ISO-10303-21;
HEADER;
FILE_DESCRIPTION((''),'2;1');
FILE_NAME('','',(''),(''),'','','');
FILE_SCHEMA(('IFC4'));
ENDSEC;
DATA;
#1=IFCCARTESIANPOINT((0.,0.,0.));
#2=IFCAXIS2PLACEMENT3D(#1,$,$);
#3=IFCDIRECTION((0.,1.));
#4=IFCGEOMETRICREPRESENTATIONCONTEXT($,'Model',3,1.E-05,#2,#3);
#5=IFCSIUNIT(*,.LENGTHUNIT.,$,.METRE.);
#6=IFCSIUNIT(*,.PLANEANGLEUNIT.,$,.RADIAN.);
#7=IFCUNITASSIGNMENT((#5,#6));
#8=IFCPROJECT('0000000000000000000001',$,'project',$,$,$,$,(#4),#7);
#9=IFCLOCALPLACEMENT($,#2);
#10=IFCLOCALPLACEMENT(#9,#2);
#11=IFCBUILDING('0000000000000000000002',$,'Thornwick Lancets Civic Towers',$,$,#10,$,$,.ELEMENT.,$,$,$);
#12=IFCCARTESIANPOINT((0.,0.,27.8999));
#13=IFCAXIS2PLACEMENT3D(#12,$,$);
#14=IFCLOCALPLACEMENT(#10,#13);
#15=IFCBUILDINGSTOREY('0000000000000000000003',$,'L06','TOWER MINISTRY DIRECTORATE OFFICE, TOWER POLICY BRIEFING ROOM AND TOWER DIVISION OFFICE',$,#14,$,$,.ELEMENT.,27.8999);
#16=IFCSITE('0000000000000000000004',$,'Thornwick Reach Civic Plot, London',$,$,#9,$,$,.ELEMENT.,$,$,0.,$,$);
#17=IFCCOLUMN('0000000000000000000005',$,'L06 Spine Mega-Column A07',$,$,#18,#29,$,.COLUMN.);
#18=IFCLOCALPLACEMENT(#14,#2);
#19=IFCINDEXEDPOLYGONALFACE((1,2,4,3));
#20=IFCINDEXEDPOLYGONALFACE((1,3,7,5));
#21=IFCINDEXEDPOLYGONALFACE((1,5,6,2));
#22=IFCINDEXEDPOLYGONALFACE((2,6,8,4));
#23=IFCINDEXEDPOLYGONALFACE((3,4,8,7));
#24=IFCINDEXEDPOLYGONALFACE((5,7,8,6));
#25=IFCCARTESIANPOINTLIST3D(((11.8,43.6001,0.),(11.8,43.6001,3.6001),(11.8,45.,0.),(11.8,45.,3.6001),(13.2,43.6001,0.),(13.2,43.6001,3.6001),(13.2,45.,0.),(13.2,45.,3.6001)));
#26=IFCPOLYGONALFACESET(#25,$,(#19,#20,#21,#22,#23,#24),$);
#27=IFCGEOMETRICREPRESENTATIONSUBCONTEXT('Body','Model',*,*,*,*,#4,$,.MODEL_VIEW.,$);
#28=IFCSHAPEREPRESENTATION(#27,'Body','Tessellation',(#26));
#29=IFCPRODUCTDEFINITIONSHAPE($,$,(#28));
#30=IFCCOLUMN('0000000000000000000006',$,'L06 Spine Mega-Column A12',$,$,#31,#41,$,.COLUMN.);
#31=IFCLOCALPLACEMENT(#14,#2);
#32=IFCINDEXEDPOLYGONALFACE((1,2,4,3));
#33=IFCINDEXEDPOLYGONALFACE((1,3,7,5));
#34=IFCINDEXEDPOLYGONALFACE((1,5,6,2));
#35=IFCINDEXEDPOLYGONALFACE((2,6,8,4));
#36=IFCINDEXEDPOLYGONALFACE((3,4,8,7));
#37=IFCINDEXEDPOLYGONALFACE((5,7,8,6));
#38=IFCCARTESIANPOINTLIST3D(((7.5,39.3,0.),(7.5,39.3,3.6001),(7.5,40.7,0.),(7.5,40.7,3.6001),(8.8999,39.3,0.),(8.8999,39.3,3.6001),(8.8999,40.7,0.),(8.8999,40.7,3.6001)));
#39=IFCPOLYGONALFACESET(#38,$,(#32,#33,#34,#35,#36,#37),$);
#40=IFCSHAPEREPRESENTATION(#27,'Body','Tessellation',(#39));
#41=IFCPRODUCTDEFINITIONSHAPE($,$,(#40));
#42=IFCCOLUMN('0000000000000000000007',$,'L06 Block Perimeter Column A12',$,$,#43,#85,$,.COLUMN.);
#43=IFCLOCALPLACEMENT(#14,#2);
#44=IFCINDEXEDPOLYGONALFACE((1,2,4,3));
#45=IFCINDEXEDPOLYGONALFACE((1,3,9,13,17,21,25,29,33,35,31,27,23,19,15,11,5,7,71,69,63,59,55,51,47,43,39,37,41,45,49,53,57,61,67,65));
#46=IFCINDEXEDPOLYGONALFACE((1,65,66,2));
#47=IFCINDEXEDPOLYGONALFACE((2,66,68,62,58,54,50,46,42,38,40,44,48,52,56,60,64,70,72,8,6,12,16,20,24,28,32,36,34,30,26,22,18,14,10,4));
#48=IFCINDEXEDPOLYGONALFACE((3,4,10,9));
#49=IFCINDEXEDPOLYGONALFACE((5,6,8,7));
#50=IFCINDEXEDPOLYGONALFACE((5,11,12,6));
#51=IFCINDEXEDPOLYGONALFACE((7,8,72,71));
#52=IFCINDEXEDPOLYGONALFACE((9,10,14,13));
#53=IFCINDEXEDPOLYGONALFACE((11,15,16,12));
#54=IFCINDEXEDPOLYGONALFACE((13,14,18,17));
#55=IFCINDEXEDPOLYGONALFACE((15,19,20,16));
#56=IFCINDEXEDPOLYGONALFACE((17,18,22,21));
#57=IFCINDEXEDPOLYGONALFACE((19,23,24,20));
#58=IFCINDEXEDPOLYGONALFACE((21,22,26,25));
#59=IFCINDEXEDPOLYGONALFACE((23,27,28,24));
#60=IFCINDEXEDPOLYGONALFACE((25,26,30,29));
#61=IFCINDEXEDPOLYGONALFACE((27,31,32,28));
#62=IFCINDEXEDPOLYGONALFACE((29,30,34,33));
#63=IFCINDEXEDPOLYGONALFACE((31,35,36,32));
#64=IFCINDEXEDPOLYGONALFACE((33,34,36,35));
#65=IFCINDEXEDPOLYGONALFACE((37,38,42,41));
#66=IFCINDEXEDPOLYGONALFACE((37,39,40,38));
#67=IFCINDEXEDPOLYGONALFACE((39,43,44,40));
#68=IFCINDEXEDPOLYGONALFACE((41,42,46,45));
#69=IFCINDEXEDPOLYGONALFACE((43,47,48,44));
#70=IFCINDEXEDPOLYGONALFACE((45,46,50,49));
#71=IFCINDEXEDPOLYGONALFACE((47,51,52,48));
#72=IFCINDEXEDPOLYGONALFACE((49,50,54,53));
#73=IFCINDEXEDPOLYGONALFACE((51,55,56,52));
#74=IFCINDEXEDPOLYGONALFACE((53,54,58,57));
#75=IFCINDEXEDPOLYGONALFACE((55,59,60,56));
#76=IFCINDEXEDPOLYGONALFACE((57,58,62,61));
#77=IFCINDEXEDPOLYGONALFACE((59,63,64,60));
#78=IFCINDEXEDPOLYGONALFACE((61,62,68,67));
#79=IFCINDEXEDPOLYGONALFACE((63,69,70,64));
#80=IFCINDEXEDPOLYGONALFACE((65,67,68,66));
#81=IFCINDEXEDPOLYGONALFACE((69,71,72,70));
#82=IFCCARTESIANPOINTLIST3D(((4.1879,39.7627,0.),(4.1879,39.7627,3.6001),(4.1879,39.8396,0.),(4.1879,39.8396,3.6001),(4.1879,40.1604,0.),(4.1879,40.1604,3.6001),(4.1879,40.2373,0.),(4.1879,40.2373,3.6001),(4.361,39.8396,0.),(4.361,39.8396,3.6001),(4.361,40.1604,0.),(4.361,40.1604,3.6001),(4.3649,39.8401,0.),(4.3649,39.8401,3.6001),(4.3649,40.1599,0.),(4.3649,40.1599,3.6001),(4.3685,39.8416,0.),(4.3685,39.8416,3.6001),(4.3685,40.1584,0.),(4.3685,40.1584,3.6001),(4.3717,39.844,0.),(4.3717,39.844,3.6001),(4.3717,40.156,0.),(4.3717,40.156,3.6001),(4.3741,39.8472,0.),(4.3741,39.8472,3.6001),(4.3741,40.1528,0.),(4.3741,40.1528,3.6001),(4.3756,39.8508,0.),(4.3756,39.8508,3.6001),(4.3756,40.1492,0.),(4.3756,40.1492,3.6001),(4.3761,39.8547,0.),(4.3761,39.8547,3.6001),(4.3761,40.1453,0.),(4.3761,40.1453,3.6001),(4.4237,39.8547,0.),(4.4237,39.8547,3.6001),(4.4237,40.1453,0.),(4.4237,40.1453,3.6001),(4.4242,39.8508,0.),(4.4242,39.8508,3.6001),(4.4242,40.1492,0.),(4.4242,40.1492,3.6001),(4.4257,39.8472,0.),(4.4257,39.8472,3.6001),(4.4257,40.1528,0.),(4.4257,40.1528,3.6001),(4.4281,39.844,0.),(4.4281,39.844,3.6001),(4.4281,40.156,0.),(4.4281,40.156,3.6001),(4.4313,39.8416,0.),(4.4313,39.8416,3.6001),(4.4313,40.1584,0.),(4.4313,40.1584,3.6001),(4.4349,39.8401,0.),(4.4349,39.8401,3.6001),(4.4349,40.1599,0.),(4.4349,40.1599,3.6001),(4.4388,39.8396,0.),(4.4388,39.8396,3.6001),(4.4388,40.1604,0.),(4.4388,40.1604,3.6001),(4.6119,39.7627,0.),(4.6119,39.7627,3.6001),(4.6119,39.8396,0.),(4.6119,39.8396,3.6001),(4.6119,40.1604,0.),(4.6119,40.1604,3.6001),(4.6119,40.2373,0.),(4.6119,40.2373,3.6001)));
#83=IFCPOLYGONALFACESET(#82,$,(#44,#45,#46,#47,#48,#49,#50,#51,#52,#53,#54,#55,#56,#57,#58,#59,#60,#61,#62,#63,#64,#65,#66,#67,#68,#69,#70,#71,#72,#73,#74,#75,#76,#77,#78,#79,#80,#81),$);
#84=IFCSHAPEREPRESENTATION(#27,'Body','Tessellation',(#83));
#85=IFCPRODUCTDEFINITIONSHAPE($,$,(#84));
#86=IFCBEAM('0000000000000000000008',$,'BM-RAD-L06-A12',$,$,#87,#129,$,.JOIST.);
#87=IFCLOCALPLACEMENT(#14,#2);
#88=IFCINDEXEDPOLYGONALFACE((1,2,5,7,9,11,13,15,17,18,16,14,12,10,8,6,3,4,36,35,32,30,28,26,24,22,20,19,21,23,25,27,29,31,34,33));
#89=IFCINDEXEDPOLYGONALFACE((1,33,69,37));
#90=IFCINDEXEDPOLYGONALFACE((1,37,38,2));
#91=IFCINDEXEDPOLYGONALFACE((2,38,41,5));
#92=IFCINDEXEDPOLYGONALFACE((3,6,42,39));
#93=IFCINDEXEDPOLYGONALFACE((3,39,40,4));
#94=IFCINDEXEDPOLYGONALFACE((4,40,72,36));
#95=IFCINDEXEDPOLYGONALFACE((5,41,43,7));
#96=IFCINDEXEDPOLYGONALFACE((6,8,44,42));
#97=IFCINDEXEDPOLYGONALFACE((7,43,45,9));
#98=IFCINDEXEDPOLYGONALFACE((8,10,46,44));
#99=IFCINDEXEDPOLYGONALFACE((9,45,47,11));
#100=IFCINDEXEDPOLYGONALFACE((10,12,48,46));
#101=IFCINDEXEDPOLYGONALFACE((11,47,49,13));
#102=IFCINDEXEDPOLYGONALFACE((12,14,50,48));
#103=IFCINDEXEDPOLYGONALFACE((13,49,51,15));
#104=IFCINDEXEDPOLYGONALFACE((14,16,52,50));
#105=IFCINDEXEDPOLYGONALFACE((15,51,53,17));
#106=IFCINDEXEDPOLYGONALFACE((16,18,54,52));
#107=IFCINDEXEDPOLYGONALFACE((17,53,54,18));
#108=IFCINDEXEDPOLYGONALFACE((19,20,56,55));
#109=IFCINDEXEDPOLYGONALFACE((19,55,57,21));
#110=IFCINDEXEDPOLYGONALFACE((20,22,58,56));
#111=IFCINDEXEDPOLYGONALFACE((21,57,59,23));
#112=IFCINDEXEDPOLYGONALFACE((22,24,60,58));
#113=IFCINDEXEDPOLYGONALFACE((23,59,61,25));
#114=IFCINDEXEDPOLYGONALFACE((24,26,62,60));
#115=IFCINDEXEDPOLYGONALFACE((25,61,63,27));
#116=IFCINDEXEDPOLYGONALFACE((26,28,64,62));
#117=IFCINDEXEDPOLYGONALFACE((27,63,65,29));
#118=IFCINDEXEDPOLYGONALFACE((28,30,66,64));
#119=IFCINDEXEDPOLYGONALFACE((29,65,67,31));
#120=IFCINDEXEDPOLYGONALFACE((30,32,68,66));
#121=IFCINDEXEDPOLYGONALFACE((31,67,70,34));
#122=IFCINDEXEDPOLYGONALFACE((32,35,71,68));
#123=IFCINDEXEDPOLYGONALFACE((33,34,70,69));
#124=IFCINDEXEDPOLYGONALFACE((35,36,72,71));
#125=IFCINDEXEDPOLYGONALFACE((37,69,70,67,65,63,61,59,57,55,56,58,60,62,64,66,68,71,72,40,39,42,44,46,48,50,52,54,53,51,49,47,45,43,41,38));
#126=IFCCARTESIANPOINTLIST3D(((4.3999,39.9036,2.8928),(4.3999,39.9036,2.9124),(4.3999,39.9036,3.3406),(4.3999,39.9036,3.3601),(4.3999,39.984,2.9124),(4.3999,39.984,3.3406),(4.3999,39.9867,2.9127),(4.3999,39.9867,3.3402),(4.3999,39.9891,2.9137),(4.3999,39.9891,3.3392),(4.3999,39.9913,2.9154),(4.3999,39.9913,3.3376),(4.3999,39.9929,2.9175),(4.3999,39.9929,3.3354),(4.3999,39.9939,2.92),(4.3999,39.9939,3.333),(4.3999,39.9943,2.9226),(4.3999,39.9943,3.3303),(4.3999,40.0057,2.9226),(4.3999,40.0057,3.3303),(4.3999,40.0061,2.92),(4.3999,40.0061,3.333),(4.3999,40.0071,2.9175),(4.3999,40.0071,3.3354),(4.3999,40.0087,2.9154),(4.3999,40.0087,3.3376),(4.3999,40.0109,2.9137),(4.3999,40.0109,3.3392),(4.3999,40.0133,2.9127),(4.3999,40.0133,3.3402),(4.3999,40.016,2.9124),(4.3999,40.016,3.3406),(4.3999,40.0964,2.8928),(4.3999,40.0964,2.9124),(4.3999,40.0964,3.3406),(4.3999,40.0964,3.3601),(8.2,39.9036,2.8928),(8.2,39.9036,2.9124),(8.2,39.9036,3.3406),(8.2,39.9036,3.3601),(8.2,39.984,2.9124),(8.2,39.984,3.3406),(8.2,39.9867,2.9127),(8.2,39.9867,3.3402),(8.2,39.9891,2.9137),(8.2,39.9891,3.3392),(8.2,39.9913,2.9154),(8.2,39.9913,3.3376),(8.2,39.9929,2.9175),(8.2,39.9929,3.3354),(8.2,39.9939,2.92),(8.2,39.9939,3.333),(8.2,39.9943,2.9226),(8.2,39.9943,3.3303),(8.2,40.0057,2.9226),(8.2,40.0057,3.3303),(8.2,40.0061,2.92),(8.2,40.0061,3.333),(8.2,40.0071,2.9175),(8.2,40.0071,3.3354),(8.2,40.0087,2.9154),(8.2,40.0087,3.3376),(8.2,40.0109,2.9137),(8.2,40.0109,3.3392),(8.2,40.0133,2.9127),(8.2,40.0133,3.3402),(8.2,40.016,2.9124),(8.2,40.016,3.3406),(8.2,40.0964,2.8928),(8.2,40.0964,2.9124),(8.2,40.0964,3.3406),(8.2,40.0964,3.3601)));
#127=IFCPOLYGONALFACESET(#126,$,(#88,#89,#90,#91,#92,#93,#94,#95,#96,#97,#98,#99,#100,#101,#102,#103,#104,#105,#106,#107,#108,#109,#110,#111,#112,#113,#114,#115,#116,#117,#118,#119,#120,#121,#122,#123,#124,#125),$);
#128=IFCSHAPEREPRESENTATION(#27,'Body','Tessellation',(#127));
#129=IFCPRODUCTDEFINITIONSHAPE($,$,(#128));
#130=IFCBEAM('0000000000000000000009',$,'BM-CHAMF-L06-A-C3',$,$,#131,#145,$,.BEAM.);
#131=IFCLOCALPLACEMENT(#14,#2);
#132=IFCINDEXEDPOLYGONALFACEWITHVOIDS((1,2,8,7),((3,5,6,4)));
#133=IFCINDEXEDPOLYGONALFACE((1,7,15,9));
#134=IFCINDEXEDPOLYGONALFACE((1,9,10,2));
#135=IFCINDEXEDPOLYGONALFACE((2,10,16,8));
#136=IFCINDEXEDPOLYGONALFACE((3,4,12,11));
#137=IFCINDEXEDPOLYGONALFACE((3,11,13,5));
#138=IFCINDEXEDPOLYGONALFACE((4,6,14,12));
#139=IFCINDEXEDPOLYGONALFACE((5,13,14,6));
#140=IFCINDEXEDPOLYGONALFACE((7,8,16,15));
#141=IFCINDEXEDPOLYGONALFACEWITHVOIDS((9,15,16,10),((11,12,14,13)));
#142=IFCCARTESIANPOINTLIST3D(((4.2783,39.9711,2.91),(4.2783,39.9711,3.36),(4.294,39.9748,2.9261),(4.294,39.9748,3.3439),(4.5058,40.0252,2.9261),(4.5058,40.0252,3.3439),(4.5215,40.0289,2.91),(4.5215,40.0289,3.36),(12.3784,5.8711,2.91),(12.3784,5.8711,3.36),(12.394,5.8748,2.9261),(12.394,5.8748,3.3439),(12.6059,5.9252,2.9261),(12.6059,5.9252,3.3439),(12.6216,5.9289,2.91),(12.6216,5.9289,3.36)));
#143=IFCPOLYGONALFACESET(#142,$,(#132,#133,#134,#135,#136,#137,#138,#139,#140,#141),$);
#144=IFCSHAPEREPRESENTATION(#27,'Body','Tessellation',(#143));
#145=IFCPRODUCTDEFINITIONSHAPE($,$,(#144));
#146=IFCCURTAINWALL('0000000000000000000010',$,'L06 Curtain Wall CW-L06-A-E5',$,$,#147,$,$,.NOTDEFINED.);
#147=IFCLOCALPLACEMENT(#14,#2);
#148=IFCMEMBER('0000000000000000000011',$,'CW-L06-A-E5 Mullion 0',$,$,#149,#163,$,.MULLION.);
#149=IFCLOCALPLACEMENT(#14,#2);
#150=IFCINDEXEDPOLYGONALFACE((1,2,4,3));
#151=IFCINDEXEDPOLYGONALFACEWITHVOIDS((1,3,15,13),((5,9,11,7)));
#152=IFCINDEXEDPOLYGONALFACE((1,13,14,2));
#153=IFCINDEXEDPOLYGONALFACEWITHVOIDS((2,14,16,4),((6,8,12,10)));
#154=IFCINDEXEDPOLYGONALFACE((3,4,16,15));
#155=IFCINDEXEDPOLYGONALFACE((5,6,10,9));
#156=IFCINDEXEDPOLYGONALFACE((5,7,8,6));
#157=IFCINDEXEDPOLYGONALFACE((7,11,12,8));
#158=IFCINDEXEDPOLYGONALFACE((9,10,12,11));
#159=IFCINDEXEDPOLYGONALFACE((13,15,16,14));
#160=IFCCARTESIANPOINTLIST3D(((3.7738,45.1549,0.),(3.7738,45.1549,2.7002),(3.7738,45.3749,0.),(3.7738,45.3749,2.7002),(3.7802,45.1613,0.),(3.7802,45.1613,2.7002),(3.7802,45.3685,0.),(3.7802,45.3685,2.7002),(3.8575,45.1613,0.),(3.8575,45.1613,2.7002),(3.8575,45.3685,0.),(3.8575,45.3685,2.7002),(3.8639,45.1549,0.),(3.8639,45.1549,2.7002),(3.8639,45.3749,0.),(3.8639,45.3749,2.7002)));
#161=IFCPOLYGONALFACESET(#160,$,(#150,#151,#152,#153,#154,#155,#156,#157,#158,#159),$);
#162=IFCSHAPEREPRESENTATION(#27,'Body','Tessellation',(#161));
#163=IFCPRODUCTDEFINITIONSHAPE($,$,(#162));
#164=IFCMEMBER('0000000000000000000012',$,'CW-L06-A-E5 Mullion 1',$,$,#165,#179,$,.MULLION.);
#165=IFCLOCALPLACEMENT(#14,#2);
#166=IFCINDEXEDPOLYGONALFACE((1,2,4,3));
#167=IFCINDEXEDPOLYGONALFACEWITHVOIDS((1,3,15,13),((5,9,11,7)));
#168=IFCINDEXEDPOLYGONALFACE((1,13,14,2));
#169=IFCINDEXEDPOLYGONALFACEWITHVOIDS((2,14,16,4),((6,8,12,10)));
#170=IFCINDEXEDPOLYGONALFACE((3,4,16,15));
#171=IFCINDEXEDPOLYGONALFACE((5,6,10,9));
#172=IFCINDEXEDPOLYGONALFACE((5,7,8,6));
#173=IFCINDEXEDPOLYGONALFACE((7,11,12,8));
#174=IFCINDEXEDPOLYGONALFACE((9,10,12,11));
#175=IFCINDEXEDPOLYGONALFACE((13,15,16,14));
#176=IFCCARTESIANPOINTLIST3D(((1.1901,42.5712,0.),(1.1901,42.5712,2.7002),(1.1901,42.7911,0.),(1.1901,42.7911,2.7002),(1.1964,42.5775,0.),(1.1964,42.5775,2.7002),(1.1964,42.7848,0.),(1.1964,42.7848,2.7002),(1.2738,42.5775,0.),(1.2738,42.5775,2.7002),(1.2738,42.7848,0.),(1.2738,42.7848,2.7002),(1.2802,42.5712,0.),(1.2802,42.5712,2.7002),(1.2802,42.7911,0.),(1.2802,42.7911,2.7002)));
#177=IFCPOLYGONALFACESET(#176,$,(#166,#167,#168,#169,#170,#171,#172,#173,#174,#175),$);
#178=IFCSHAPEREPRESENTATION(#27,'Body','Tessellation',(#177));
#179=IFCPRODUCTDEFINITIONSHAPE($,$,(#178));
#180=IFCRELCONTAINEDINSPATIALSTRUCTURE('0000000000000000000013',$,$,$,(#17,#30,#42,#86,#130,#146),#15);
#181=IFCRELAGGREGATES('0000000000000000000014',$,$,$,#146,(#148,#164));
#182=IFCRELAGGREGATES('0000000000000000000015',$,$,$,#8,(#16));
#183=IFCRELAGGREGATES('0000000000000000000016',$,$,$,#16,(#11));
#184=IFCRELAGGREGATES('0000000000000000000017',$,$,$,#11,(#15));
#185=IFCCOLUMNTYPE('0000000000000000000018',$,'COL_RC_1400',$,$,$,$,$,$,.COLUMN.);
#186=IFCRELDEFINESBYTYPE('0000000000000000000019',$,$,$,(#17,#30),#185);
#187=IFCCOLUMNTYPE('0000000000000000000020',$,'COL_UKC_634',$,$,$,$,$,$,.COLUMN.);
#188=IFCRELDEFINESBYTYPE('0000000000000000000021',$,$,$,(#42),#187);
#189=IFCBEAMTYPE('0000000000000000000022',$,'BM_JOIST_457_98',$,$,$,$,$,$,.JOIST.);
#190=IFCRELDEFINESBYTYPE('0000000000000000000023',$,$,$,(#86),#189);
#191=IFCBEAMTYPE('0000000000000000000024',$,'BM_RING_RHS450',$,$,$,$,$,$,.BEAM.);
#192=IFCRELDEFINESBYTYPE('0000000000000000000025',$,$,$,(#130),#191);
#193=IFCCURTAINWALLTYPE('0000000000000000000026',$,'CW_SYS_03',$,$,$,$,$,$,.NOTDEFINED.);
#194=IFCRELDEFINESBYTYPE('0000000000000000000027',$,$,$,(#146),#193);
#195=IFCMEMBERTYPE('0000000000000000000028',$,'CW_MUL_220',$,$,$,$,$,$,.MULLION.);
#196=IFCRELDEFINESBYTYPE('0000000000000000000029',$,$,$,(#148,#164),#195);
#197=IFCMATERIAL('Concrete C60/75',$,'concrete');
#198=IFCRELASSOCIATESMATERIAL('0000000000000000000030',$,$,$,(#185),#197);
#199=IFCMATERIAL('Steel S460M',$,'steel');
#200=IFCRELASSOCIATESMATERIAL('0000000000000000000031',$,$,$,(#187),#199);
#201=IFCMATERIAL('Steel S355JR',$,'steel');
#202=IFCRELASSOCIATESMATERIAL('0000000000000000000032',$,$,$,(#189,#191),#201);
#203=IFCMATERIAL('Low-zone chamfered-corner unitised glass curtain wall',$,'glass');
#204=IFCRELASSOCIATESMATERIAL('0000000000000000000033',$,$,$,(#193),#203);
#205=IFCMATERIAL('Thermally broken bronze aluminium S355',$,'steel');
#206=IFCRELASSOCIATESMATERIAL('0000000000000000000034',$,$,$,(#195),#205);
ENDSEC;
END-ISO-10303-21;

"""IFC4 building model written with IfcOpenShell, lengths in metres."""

from ifc_helpers import new_model, si_unit, direction, frame, origin, origin_2d, place, context, subcontext, project, spatial, rectangle, hollow_rectangle, i_section, extrude, material, material_profile, profile_set, type_object, element, aggregate, save


model = new_model("IFC4")

# Units and contexts
model_context = context("Model", 3, precision=1e-05, world=origin(), true_north=direction((0.0, 1.0)))
body_context = subcontext(model_context, "Body", "Model", "MODEL_VIEW")
ifc_project = project(units=[si_unit("LENGTHUNIT", "METRE"), si_unit("PLANEANGLEUNIT", "RADIAN")], contexts=[model_context])

# Site, building, storey
site_placement = place(None, origin())
site = spatial("IfcSite", under=ifc_project, at=site_placement, Name="Thornwick Reach Civic Plot, London", CompositionType="ELEMENT", RefElevation=0.0)
building_placement = place(site_placement, origin())
building = spatial("IfcBuilding", under=site, at=building_placement, Name="Thornwick Lancets Civic Towers", CompositionType="ELEMENT")
storey_placement = place(building_placement, frame((0.0, 0.0, 27.8999)))
storey = spatial("IfcBuildingStorey", under=building, at=storey_placement, Name="L06", Description="TOWER MINISTRY DIRECTORATE OFFICE, TOWER POLICY BRIEFING ROOM AND TOWER DIVISION OFFICE", CompositionType="ELEMENT", Elevation=27.8999)

# Columns
ifc_material_1 = material(Name="Concrete C60/75", Category="concrete")
ifc_material_profile_1 = material_profile(ifc_material_1, rectangle(XDim=1.3999, YDim=1.3999, at=origin_2d()), Name="RC 1400x1400")
ifc_profile_set_1 = profile_set([ifc_material_profile_1], Name="Concrete C60/75")
column_type_1 = type_object("IfcColumnType", Name="COL_RC_1400", PredefinedType="COLUMN", material=ifc_profile_set_1)
for number, where, z_axis, x_axis, name in (
    (1, (12.5, 44.3, 0.0), (0.0, 0.0, 1.0), (1.0, 0.0, 0.0), "L06 Spine Mega-Column A07"),
    (2, (8.2, 40.0, 0.0), (0.0, 0.0, 1.0), (1.0, 0.0, 0.0), "L06 Spine Mega-Column A12"),
):
    element("IfcColumn", number, at=place(storey_placement, frame(where, z_axis=z_axis, x_axis=x_axis)), inside=storey, type_object=column_type_1, Name=name, PredefinedType="COLUMN", context=body_context, shape_type="SweptSolid", body=[
        extrude(rectangle(XDim=1.3999, YDim=1.3999, at=origin_2d()), origin(), (0.0, 0.0, 1.0), 3.6001),
    ])
ifc_material_2 = material(Name="Steel S460M", Category="steel")
ifc_material_profile_2 = material_profile(ifc_material_2, i_section(OverallWidth=0.4241, OverallDepth=0.4746, WebThickness=0.0476, FlangeThickness=0.0769, FilletRadius=0.0151, at=origin_2d()), Name="UKC 356x406x634")
ifc_profile_set_2 = profile_set([ifc_material_profile_2], Name="Steel S460M")
column_type_2 = type_object("IfcColumnType", Name="COL_UKC_634", PredefinedType="COLUMN", material=ifc_profile_set_2)
column_placement = place(storey_placement, frame((4.3999, 40.0, 0.0), z_axis=(0.0, 0.0, 1.0), x_axis=(1.0, 0.0, 0.0)))
element("IfcColumn", 3, at=column_placement, inside=storey, type_object=column_type_2, Name="L06 Block Perimeter Column A12", PredefinedType="COLUMN", context=body_context, shape_type="SweptSolid", body=[
    extrude(i_section(OverallWidth=0.4241, OverallDepth=0.4746, WebThickness=0.0476, FlangeThickness=0.0769, FilletRadius=0.0151, at=origin_2d()), origin(), (0.0, 0.0, 1.0), 3.6001),
])

# Beams
ifc_material_3 = material(Name="Steel S355JR", Category="steel")
ifc_material_profile_3 = material_profile(ifc_material_3, i_section(OverallWidth=0.1929, OverallDepth=0.4673, WebThickness=0.0115, FlangeThickness=0.0195, FilletRadius=0.0103, at=origin_2d()), Name="UKB 457x191x98")
ifc_profile_set_3 = profile_set([ifc_material_profile_3], Name="Steel S355JR")
beam_type_1 = type_object("IfcBeamType", Name="BM_JOIST_457_98", PredefinedType="JOIST", material=ifc_profile_set_3)
beam_1_placement = place(storey_placement, frame((8.2, 40.0, 3.1265), z_axis=(-1.0, 0.0, 0.0), x_axis=(0.0, -1.0, 0.0)))
element("IfcBeam", 4, at=beam_1_placement, inside=storey, type_object=beam_type_1, Name="BM-RAD-L06-A12", PredefinedType="JOIST", context=body_context, shape_type="SweptSolid", body=[
    extrude(i_section(OverallWidth=0.1929, OverallDepth=0.4673, WebThickness=0.0115, FlangeThickness=0.0195, FilletRadius=0.0103, at=origin_2d()), origin(), (0.0, 0.0, 1.0), 3.8),
])
ifc_material_profile_4 = material_profile(ifc_material_3, hollow_rectangle(XDim=0.25, YDim=0.45, WallThickness=0.0161, at=origin_2d()), Name="RHS 450x250x16")
ifc_profile_set_4 = profile_set([ifc_material_profile_4], Name="Steel S355JR")
beam_type_2 = type_object("IfcBeamType", Name="BM_RING_RHS450", PredefinedType="BEAM", material=ifc_profile_set_4)
beam_2_placement = place(storey_placement, frame((4.3999, 40.0, 3.135), z_axis=(0.231108, -0.972928, 0.0), x_axis=(0.972928, 0.231108, 0.0)))
element("IfcBeam", 5, at=beam_2_placement, inside=storey, type_object=beam_type_2, Name="BM-CHAMF-L06-A-C3", PredefinedType="BEAM", context=body_context, shape_type="SweptSolid", body=[
    extrude(hollow_rectangle(XDim=0.25, YDim=0.45, WallThickness=0.0161, at=origin_2d()), origin(), (0.0, 0.0, 1.0), 35.0488),
])

# Curtain wall, members
ifc_material_4 = material(Name="Low-zone chamfered-corner unitised glass curtain wall", Category="glass")
curtain_wall_type = type_object("IfcCurtainWallType", Name="CW_SYS_03", PredefinedType="NOTDEFINED", material=ifc_material_4)
curtain_wall_placement = place(storey_placement, origin())
curtain_wall = element("IfcCurtainWall", 6, at=curtain_wall_placement, inside=storey, type_object=curtain_wall_type, Name="L06 Curtain Wall CW-L06-A-E5", PredefinedType="NOTDEFINED")
ifc_material_5 = material(Name="Thermally broken bronze aluminium S355", Category="steel")
ifc_material_profile_5 = material_profile(ifc_material_5, hollow_rectangle(XDim=0.0901, YDim=0.22, WallThickness=0.0063, at=origin_2d()), Name="RHS 220x90x6.3")
ifc_profile_set_5 = profile_set([ifc_material_profile_5], Name="Thermally broken bronze aluminium S355")
member_type_1 = type_object("IfcMemberType", Name="CW_MUL_220", PredefinedType="MULLION", material=ifc_profile_set_5)
member_1_placement = place(storey_placement, frame((3.8188, 45.2649, 0.0), z_axis=(0.0, 0.0, 1.0), x_axis=(1.0, 0.0, 0.0)))
member_1 = element("IfcMember", 7, at=member_1_placement, type_object=member_type_1, Name="CW-L06-A-E5 Mullion 0", PredefinedType="MULLION", context=body_context, shape_type="SweptSolid", body=[
    extrude(hollow_rectangle(XDim=0.0901, YDim=0.22, WallThickness=0.0063, at=origin_2d()), origin(), (0.0, 0.0, 1.0), 2.7002),
])
member_2_placement = place(storey_placement, frame((1.2351, 42.6812, 0.0), z_axis=(0.0, 0.0, 1.0), x_axis=(1.0, 0.0, 0.0)))
member_2 = element("IfcMember", 8, at=member_2_placement, type_object=member_type_1, Name="CW-L06-A-E5 Mullion 1", PredefinedType="MULLION", context=body_context, shape_type="SweptSolid", body=[
    extrude(hollow_rectangle(XDim=0.0901, YDim=0.22, WallThickness=0.0063, at=origin_2d()), origin(), (0.0, 0.0, 1.0), 2.7002),
])
aggregate(curtain_wall, [member_1, member_2])

save(model, "model.ifc")
